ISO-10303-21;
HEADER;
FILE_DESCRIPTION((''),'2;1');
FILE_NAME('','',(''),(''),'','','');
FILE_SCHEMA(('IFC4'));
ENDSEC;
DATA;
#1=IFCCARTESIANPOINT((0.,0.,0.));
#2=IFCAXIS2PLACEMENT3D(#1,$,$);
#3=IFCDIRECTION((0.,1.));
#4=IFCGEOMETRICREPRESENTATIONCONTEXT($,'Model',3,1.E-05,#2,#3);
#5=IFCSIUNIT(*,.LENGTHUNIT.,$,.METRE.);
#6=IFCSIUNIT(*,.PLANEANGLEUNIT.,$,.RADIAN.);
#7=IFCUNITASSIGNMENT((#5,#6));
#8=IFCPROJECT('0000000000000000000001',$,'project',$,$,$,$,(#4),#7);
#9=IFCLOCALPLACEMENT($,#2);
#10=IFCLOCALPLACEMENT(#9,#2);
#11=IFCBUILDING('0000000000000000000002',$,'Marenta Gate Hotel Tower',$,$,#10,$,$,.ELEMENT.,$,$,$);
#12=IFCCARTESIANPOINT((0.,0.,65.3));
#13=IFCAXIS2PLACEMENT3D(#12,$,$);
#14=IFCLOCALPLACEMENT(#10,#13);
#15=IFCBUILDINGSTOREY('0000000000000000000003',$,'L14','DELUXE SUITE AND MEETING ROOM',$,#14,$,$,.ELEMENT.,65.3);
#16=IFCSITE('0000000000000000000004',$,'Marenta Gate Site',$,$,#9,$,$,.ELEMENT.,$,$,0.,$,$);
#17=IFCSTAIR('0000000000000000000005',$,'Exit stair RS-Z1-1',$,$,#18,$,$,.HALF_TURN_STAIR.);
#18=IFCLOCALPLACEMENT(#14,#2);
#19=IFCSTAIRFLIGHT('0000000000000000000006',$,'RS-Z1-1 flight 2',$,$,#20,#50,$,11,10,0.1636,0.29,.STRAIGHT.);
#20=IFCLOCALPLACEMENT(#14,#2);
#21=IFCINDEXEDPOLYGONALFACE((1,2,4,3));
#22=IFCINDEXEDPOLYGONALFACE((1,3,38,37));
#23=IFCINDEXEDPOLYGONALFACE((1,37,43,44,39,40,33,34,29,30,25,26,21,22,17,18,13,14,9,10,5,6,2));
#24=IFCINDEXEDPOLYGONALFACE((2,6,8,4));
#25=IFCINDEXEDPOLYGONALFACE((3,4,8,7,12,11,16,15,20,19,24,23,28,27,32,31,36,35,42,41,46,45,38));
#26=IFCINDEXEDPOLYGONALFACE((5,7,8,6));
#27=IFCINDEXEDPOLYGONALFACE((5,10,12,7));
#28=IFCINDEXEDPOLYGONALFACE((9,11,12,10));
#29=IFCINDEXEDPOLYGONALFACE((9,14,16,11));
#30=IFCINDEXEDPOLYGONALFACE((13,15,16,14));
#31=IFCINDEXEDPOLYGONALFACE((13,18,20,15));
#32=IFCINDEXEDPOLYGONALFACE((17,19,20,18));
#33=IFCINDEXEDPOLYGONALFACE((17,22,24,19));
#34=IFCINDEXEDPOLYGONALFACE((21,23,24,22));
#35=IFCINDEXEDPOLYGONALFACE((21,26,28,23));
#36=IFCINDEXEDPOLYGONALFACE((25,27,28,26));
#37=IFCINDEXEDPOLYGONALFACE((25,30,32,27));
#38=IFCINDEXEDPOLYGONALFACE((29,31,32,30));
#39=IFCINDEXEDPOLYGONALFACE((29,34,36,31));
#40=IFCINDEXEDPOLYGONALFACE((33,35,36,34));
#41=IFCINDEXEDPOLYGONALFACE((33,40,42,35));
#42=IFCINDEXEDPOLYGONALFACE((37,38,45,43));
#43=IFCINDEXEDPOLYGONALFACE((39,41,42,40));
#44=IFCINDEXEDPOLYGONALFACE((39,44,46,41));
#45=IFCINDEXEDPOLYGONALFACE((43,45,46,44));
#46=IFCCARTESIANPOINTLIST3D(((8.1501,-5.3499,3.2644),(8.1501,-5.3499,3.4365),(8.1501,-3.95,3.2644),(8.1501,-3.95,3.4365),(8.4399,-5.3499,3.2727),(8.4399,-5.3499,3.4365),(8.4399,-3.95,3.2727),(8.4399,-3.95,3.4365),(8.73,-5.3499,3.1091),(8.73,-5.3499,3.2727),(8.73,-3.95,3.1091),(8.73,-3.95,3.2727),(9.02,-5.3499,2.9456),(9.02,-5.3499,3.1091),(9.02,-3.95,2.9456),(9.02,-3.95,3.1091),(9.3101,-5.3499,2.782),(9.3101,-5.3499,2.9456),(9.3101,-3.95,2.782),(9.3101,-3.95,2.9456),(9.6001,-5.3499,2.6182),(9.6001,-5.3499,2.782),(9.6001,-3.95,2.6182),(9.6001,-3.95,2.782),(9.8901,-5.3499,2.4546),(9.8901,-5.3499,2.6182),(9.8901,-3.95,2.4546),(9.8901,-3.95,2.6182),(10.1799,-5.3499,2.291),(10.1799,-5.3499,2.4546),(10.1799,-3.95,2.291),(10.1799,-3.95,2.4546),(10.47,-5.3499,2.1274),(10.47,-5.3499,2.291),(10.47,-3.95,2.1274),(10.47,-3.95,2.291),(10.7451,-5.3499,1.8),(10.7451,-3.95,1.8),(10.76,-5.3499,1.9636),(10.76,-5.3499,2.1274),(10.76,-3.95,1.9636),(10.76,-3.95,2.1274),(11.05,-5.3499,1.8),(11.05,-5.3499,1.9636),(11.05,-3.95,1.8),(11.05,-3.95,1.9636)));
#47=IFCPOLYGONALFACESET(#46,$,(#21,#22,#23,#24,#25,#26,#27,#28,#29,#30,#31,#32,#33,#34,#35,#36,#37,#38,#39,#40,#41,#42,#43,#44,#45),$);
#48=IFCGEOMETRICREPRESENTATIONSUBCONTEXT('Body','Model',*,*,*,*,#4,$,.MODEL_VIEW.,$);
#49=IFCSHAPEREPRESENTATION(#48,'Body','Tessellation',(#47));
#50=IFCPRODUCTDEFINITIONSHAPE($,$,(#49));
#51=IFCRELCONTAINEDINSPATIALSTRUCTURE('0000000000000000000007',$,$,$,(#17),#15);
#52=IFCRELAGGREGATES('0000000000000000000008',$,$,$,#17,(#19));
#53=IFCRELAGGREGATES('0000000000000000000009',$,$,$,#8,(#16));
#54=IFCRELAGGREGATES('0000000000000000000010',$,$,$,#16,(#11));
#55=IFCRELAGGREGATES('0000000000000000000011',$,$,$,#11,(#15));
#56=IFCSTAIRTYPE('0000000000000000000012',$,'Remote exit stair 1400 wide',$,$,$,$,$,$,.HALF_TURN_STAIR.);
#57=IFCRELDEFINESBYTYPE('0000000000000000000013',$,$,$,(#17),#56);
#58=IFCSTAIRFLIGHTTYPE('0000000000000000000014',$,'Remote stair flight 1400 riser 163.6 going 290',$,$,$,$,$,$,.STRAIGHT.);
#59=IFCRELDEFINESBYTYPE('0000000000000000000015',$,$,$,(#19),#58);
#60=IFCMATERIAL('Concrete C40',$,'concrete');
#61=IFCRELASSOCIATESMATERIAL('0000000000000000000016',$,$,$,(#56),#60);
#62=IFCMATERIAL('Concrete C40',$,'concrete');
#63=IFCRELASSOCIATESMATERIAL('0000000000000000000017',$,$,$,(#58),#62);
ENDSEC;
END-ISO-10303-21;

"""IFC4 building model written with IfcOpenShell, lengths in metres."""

from ifc_helpers import new_model, si_unit, direction, frame, origin, place, context, subcontext, project, spatial, polyline, outline, extrude, material, type_object, element, aggregate, save


model = new_model("IFC4")

# Units and contexts
model_context = context("Model", 3, precision=1e-05, world=origin(), true_north=direction((0.0, 1.0)))
body_context = subcontext(model_context, "Body", "Model", "MODEL_VIEW")
ifc_project = project(units=[si_unit("LENGTHUNIT", "METRE"), si_unit("PLANEANGLEUNIT", "RADIAN")], contexts=[model_context])

# Site, building, storey
site_placement = place(None, origin())
site = spatial("IfcSite", under=ifc_project, at=site_placement, Name="Marenta Gate Site", CompositionType="ELEMENT", RefElevation=0.0)
building_placement = place(site_placement, origin())
building = spatial("IfcBuilding", under=site, at=building_placement, Name="Marenta Gate Hotel Tower", CompositionType="ELEMENT")
storey_placement = place(building_placement, frame((0.0, 0.0, 65.3)))
storey = spatial("IfcBuildingStorey", under=building, at=storey_placement, Name="L14", Description="DELUXE SUITE AND MEETING ROOM", CompositionType="ELEMENT", Elevation=65.3)

# Shared definitions
ifc_material_1 = material(Name="Concrete C40", Category="concrete")
stair_type = type_object("IfcStairType", Name="Remote exit stair 1400 wide", PredefinedType="HALF_TURN_STAIR", material=ifc_material_1)

# Stair, stair flight
stair_1_placement = place(storey_placement, origin())
stair_1 = element("IfcStair", 1, at=stair_1_placement, inside=storey, type_object=stair_type, Name="Exit stair RS-Z1-1", PredefinedType="HALF_TURN_STAIR")
ifc_material_2 = material(Name="Concrete C40", Category="concrete")
stair_flight_type = type_object("IfcStairFlightType", Name="Remote stair flight 1400 riser 163.6 going 290", PredefinedType="STRAIGHT", material=ifc_material_2)
stair_flight_1_placement = place(storey_placement, frame((11.05, -4.6499, 1.8), z_axis=(0.0, 0.0, 1.0), x_axis=(-1.0, 0.0, 0.0)))
stair_flight_1 = element("IfcStairFlight", 2, at=stair_flight_1_placement, type_object=stair_flight_type, Name="RS-Z1-1 flight 2", NumberOfRisers=11, NumberOfTreads=10, PredefinedType="STRAIGHT", RiserHeight=0.1636, TreadLength=0.29, context=body_context, shape_type="SweptSolid", body=[
    extrude(outline(polyline([(0.0, 0.0), (0.0, 0.1636), (0.29, 0.1636), (0.29, 0.3274), (0.5801, 0.3274), (0.5801, 0.491), (0.8701, 0.491), (0.8701, 0.6545), (1.1599, 0.6545), (1.1599, 0.8181), (1.45, 0.8181), (1.45, 0.9819), (1.74, 0.9819), (1.74, 1.1455), (2.03, 1.1455), (2.03, 1.3091), (2.3201, 1.3091), (2.3201, 1.4727), (2.6101, 1.4727), (2.6101, 1.6365), (2.8999, 1.6365), (2.8999, 1.8), (2.8999, 1.4644), (0.3049, 0.0), (0.0, 0.0)])), frame((0.0, 0.7, 0.0), z_axis=(0.0, -1.0, 0.0), x_axis=(1.0, 0.0, 0.0)), (0.0, 0.0, 1.0), 1.3999),
])
aggregate(stair_1, [stair_flight_1])

save(model, "model.ifc")
